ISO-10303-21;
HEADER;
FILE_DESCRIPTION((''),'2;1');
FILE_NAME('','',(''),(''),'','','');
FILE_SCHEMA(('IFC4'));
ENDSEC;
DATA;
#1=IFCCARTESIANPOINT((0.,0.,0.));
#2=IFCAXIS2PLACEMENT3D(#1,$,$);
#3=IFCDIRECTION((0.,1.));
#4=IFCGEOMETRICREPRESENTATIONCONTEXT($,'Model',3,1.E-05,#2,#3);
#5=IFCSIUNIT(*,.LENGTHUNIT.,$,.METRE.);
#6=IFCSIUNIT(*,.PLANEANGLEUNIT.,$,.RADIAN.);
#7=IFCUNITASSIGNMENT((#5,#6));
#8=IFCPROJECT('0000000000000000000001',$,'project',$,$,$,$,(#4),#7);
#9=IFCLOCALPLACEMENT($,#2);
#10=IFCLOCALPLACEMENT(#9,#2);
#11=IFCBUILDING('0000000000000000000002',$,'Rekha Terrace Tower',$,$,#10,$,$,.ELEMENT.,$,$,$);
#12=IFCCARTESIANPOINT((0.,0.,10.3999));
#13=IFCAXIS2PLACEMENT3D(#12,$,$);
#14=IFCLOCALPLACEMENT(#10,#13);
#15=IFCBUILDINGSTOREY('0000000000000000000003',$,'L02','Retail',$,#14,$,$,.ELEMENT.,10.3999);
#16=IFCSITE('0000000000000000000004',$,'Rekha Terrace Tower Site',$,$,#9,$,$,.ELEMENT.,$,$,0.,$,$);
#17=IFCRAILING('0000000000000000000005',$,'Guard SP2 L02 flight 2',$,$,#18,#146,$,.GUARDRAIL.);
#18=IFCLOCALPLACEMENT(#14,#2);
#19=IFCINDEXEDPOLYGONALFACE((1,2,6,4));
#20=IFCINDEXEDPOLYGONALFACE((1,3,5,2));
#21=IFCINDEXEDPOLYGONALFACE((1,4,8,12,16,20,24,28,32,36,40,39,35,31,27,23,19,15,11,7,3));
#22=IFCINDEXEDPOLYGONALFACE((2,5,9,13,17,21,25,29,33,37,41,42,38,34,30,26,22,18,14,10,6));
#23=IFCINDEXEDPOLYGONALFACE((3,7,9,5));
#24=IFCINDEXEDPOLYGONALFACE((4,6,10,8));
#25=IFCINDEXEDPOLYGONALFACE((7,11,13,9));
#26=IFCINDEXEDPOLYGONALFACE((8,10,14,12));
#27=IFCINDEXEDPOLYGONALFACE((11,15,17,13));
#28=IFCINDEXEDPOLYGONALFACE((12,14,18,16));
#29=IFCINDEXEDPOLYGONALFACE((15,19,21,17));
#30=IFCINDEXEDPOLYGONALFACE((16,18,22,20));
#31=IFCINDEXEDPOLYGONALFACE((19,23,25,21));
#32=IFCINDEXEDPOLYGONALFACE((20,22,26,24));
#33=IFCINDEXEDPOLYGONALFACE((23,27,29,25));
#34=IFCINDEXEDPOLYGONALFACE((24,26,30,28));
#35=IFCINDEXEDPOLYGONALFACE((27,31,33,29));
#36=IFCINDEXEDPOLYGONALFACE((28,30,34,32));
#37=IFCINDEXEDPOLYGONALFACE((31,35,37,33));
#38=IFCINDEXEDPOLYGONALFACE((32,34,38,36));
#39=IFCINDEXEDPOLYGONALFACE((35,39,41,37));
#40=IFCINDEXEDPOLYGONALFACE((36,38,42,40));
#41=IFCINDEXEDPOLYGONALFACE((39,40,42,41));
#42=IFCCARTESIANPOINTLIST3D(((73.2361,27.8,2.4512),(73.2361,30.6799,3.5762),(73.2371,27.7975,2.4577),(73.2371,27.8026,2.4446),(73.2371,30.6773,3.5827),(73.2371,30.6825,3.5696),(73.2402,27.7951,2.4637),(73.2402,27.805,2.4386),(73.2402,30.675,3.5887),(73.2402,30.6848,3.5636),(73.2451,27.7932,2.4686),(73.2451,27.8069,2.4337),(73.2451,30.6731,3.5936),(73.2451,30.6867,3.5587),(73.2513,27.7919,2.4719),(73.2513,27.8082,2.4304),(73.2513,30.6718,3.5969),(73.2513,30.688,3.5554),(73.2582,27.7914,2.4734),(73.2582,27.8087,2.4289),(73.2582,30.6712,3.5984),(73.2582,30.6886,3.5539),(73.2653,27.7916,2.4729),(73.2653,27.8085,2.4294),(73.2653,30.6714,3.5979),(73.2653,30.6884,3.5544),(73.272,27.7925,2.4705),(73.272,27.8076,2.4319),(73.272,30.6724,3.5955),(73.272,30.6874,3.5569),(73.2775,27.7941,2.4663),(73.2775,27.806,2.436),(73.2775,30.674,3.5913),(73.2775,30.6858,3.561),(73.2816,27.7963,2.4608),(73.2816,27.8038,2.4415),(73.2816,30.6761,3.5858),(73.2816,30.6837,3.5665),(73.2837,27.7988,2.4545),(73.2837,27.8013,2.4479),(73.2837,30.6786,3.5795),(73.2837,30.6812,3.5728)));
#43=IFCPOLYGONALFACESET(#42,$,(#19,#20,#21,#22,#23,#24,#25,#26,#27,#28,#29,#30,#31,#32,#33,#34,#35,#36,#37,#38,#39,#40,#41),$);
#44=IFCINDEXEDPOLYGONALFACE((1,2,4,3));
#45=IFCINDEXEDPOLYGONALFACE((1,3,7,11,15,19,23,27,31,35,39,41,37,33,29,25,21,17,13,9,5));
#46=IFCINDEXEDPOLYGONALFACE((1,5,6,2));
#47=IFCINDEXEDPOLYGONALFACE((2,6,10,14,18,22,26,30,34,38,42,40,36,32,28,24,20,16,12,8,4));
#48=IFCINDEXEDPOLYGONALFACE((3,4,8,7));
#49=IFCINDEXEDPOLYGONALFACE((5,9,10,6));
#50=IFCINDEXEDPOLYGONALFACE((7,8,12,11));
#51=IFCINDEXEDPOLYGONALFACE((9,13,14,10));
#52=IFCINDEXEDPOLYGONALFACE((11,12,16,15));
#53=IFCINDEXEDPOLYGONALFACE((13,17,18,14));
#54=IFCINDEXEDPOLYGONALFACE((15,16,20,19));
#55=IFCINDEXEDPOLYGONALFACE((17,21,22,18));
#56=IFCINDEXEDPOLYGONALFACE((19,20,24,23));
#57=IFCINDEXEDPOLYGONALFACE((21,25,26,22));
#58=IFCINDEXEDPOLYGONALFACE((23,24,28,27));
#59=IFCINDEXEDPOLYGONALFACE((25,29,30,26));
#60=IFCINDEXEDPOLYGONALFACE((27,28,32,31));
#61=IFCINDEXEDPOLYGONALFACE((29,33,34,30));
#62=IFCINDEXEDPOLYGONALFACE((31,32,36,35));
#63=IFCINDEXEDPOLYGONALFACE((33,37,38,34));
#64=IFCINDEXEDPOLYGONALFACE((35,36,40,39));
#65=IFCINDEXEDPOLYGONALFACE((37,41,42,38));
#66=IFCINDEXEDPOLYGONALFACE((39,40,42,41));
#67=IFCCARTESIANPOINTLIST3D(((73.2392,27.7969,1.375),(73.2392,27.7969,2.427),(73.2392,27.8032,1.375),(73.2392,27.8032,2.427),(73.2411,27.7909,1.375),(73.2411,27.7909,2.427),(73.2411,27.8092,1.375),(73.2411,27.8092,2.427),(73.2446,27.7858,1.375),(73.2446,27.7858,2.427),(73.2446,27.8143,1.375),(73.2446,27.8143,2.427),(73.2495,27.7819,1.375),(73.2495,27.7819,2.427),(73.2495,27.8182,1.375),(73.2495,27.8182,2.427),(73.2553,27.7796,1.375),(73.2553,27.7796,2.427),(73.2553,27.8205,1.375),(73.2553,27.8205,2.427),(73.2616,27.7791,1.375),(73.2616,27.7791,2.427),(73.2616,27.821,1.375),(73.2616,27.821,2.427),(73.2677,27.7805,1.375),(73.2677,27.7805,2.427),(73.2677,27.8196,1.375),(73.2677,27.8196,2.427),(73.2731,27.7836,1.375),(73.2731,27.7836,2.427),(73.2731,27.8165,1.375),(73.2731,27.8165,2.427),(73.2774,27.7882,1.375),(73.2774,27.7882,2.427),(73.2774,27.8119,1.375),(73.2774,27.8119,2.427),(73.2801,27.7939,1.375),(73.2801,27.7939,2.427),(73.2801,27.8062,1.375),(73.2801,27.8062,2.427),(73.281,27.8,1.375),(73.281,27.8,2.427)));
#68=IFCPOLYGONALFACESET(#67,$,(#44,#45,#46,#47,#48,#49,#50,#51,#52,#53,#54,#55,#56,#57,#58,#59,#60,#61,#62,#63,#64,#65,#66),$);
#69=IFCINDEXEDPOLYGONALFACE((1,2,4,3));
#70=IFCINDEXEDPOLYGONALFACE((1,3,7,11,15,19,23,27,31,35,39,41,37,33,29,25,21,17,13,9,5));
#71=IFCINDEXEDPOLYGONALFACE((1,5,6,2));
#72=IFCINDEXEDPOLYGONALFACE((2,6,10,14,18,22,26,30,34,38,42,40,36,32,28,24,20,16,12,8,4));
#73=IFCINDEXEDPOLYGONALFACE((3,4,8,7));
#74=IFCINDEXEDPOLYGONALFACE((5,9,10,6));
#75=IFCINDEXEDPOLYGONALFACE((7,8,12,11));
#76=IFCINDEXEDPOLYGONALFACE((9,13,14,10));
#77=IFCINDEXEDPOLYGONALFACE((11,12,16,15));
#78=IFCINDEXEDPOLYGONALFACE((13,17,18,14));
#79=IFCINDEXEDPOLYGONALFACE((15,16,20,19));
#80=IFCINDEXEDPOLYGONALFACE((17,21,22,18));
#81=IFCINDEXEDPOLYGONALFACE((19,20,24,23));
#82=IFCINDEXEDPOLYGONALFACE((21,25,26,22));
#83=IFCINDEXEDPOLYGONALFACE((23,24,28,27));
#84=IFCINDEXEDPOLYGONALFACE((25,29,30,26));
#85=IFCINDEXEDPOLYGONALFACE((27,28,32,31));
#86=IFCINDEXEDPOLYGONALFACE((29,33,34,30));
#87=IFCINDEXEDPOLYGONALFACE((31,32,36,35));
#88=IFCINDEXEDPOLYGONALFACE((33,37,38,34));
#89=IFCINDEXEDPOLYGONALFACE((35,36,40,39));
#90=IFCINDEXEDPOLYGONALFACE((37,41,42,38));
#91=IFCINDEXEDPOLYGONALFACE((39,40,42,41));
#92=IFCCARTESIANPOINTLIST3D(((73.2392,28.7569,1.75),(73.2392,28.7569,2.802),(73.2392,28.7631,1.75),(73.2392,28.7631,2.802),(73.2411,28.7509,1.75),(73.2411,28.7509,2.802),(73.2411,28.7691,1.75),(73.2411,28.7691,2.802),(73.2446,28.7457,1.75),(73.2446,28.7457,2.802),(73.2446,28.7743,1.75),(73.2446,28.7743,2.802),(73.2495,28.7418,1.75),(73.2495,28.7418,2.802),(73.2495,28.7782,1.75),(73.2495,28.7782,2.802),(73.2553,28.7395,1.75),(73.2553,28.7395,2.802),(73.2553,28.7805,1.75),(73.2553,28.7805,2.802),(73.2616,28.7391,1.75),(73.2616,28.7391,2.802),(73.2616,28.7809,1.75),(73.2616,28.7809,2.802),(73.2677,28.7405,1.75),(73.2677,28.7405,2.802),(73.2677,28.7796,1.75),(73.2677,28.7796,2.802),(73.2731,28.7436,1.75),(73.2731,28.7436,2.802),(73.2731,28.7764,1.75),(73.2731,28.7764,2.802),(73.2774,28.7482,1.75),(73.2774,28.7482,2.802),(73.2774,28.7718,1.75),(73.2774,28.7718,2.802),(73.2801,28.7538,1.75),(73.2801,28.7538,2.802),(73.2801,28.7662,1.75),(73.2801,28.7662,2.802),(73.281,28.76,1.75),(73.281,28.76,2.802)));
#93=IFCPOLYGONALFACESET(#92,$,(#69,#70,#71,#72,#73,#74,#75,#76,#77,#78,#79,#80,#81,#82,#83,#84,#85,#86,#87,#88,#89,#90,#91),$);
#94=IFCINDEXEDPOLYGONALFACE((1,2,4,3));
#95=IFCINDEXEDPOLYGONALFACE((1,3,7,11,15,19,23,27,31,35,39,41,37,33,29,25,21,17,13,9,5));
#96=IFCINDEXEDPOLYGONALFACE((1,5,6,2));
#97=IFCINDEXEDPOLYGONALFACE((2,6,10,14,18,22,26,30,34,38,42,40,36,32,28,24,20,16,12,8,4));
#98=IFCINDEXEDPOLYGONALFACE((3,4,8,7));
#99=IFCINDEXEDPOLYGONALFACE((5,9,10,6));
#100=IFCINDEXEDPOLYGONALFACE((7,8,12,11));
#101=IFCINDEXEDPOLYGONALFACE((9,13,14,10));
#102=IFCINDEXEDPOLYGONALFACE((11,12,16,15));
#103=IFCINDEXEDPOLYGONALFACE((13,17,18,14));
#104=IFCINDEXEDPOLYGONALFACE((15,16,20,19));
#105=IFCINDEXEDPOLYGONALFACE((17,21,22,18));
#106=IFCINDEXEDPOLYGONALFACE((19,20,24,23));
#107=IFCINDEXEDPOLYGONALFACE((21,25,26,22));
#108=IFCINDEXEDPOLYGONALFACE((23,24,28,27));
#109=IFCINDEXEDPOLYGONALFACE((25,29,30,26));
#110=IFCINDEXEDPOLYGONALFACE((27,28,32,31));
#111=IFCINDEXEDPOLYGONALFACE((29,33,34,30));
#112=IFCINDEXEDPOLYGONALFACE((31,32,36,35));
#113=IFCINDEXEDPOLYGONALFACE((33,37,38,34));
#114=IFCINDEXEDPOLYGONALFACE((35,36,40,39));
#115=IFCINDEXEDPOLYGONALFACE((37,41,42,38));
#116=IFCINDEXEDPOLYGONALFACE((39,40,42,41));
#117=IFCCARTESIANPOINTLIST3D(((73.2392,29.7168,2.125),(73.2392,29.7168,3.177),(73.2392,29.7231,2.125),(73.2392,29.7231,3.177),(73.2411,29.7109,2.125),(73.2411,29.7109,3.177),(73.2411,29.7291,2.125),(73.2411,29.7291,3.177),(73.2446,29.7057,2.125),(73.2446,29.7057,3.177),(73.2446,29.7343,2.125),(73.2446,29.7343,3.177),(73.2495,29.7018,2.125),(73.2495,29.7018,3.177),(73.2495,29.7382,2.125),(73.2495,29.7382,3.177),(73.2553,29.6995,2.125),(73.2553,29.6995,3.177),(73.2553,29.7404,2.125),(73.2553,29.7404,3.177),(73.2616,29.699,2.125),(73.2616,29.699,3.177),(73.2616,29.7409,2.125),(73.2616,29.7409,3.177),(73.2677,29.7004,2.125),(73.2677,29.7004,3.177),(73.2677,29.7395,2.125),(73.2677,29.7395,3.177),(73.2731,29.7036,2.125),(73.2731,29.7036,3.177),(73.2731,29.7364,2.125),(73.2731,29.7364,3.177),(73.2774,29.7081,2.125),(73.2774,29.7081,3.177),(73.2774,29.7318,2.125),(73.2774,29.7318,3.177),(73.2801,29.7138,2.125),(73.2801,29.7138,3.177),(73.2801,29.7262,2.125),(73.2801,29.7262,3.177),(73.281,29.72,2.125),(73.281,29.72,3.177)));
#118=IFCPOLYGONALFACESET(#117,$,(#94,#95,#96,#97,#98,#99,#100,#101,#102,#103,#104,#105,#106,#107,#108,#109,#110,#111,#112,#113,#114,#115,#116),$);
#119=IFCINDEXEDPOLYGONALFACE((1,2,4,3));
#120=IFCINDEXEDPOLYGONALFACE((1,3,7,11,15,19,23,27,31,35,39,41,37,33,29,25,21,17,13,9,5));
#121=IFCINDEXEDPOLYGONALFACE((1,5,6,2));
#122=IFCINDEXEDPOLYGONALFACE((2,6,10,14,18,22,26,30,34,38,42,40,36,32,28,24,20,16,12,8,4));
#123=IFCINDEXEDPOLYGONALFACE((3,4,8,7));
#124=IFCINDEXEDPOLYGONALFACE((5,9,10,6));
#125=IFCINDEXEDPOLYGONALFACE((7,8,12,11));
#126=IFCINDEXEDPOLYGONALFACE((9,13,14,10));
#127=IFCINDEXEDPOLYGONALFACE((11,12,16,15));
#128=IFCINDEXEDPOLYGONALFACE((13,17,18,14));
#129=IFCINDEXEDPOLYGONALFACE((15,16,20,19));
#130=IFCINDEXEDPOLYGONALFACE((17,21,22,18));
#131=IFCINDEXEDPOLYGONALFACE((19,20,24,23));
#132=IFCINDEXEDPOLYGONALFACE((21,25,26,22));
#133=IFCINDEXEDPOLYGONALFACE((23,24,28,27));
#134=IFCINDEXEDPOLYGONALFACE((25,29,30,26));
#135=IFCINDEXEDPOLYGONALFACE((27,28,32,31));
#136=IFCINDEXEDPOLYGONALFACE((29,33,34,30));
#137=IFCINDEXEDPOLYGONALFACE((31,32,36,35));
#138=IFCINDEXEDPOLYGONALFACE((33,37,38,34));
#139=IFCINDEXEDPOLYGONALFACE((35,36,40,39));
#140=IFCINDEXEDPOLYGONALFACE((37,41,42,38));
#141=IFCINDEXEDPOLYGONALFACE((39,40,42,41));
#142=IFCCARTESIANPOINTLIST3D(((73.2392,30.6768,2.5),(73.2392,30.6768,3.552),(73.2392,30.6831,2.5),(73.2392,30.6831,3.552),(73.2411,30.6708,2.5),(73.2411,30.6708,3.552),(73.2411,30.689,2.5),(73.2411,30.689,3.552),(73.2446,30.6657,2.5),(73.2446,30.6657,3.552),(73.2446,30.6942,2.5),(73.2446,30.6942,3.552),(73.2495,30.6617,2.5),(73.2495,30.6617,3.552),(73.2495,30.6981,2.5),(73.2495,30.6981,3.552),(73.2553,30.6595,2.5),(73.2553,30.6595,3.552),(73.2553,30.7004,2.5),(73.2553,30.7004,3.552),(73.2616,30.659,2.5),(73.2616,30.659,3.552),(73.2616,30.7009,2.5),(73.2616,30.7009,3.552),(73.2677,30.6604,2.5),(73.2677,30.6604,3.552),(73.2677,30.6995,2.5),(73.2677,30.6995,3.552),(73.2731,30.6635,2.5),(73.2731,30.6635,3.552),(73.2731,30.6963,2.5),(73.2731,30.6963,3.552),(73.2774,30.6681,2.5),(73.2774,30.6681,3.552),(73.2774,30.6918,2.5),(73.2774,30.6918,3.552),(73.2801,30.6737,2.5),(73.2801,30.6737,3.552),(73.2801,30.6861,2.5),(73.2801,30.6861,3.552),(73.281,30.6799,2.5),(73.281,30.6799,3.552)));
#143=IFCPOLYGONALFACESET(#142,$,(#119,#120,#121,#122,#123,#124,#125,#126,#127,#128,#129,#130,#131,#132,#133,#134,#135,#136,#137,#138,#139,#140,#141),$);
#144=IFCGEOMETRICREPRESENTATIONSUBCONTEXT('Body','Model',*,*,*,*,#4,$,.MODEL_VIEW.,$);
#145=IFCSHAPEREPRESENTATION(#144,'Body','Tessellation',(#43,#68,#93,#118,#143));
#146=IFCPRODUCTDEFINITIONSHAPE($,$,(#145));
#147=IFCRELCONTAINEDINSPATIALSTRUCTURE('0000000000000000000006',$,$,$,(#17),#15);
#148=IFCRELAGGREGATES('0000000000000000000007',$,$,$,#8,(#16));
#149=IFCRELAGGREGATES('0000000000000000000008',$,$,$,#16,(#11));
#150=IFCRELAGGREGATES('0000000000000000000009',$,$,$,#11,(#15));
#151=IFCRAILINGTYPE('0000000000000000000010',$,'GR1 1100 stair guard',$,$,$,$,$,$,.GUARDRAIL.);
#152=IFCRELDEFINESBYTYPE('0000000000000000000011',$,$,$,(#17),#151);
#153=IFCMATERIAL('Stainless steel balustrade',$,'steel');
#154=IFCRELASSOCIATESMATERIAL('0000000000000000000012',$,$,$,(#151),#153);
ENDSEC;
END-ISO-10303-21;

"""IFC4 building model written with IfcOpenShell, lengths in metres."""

from ifc_helpers import new_model, si_unit, direction, frame, origin, origin_2d, place, context, subcontext, project, spatial, circle, extrude, material, type_object, element, save


model = new_model("IFC4")

# Units and contexts
model_context = context("Model", 3, precision=1e-05, world=origin(), true_north=direction((0.0, 1.0)))
body_context = subcontext(model_context, "Body", "Model", "MODEL_VIEW")
ifc_project = project(units=[si_unit("LENGTHUNIT", "METRE"), si_unit("PLANEANGLEUNIT", "RADIAN")], contexts=[model_context])

# Site, building, storey
site_placement = place(None, origin())
site = spatial("IfcSite", under=ifc_project, at=site_placement, Name="Rekha Terrace Tower Site", CompositionType="ELEMENT", RefElevation=0.0)
building_placement = place(site_placement, origin())
building = spatial("IfcBuilding", under=site, at=building_placement, Name="Rekha Terrace Tower", CompositionType="ELEMENT")
storey_placement = place(building_placement, frame((0.0, 0.0, 10.3999)))
storey = spatial("IfcBuildingStorey", under=building, at=storey_placement, Name="L02", Description="Retail", CompositionType="ELEMENT", Elevation=10.3999)

# Railing
ifc_material_1 = material(Name="Stainless steel balustrade", Category="steel")
railing_type_1 = type_object("IfcRailingType", Name="GR1 1100 stair guard", PredefinedType="GUARDRAIL", material=ifc_material_1)
railing_1_placement = place(storey_placement, frame((73.26, 27.8, 1.375)))
element("IfcRailing", 1, at=railing_1_placement, inside=storey, type_object=railing_type_1, Name="Guard SP2 L02 flight 2", PredefinedType="GUARDRAIL", context=body_context, shape_type="SweptSolid", body=[
    extrude(circle(Radius=0.0239, at=origin_2d()), frame((0.0, 0.0, 1.0762), z_axis=(0.0, 0.931452, 0.363863), x_axis=(-1.0, 0.0, 0.0)), (0.0, 0.0, 1.0), 3.0918),
    extrude(circle(Radius=0.021, at=origin_2d()), origin(), (0.0, 0.0, 1.0), 1.052),
    extrude(circle(Radius=0.021, at=origin_2d()), frame((0.0, 0.96, 0.375)), (0.0, 0.0, 1.0), 1.052),
    extrude(circle(Radius=0.021, at=origin_2d()), frame((0.0, 1.9199, 0.75)), (0.0, 0.0, 1.0), 1.052),
    extrude(circle(Radius=0.021, at=origin_2d()), frame((0.0, 2.8799, 1.125)), (0.0, 0.0, 1.0), 1.052),
])

save(model, "model.ifc")
